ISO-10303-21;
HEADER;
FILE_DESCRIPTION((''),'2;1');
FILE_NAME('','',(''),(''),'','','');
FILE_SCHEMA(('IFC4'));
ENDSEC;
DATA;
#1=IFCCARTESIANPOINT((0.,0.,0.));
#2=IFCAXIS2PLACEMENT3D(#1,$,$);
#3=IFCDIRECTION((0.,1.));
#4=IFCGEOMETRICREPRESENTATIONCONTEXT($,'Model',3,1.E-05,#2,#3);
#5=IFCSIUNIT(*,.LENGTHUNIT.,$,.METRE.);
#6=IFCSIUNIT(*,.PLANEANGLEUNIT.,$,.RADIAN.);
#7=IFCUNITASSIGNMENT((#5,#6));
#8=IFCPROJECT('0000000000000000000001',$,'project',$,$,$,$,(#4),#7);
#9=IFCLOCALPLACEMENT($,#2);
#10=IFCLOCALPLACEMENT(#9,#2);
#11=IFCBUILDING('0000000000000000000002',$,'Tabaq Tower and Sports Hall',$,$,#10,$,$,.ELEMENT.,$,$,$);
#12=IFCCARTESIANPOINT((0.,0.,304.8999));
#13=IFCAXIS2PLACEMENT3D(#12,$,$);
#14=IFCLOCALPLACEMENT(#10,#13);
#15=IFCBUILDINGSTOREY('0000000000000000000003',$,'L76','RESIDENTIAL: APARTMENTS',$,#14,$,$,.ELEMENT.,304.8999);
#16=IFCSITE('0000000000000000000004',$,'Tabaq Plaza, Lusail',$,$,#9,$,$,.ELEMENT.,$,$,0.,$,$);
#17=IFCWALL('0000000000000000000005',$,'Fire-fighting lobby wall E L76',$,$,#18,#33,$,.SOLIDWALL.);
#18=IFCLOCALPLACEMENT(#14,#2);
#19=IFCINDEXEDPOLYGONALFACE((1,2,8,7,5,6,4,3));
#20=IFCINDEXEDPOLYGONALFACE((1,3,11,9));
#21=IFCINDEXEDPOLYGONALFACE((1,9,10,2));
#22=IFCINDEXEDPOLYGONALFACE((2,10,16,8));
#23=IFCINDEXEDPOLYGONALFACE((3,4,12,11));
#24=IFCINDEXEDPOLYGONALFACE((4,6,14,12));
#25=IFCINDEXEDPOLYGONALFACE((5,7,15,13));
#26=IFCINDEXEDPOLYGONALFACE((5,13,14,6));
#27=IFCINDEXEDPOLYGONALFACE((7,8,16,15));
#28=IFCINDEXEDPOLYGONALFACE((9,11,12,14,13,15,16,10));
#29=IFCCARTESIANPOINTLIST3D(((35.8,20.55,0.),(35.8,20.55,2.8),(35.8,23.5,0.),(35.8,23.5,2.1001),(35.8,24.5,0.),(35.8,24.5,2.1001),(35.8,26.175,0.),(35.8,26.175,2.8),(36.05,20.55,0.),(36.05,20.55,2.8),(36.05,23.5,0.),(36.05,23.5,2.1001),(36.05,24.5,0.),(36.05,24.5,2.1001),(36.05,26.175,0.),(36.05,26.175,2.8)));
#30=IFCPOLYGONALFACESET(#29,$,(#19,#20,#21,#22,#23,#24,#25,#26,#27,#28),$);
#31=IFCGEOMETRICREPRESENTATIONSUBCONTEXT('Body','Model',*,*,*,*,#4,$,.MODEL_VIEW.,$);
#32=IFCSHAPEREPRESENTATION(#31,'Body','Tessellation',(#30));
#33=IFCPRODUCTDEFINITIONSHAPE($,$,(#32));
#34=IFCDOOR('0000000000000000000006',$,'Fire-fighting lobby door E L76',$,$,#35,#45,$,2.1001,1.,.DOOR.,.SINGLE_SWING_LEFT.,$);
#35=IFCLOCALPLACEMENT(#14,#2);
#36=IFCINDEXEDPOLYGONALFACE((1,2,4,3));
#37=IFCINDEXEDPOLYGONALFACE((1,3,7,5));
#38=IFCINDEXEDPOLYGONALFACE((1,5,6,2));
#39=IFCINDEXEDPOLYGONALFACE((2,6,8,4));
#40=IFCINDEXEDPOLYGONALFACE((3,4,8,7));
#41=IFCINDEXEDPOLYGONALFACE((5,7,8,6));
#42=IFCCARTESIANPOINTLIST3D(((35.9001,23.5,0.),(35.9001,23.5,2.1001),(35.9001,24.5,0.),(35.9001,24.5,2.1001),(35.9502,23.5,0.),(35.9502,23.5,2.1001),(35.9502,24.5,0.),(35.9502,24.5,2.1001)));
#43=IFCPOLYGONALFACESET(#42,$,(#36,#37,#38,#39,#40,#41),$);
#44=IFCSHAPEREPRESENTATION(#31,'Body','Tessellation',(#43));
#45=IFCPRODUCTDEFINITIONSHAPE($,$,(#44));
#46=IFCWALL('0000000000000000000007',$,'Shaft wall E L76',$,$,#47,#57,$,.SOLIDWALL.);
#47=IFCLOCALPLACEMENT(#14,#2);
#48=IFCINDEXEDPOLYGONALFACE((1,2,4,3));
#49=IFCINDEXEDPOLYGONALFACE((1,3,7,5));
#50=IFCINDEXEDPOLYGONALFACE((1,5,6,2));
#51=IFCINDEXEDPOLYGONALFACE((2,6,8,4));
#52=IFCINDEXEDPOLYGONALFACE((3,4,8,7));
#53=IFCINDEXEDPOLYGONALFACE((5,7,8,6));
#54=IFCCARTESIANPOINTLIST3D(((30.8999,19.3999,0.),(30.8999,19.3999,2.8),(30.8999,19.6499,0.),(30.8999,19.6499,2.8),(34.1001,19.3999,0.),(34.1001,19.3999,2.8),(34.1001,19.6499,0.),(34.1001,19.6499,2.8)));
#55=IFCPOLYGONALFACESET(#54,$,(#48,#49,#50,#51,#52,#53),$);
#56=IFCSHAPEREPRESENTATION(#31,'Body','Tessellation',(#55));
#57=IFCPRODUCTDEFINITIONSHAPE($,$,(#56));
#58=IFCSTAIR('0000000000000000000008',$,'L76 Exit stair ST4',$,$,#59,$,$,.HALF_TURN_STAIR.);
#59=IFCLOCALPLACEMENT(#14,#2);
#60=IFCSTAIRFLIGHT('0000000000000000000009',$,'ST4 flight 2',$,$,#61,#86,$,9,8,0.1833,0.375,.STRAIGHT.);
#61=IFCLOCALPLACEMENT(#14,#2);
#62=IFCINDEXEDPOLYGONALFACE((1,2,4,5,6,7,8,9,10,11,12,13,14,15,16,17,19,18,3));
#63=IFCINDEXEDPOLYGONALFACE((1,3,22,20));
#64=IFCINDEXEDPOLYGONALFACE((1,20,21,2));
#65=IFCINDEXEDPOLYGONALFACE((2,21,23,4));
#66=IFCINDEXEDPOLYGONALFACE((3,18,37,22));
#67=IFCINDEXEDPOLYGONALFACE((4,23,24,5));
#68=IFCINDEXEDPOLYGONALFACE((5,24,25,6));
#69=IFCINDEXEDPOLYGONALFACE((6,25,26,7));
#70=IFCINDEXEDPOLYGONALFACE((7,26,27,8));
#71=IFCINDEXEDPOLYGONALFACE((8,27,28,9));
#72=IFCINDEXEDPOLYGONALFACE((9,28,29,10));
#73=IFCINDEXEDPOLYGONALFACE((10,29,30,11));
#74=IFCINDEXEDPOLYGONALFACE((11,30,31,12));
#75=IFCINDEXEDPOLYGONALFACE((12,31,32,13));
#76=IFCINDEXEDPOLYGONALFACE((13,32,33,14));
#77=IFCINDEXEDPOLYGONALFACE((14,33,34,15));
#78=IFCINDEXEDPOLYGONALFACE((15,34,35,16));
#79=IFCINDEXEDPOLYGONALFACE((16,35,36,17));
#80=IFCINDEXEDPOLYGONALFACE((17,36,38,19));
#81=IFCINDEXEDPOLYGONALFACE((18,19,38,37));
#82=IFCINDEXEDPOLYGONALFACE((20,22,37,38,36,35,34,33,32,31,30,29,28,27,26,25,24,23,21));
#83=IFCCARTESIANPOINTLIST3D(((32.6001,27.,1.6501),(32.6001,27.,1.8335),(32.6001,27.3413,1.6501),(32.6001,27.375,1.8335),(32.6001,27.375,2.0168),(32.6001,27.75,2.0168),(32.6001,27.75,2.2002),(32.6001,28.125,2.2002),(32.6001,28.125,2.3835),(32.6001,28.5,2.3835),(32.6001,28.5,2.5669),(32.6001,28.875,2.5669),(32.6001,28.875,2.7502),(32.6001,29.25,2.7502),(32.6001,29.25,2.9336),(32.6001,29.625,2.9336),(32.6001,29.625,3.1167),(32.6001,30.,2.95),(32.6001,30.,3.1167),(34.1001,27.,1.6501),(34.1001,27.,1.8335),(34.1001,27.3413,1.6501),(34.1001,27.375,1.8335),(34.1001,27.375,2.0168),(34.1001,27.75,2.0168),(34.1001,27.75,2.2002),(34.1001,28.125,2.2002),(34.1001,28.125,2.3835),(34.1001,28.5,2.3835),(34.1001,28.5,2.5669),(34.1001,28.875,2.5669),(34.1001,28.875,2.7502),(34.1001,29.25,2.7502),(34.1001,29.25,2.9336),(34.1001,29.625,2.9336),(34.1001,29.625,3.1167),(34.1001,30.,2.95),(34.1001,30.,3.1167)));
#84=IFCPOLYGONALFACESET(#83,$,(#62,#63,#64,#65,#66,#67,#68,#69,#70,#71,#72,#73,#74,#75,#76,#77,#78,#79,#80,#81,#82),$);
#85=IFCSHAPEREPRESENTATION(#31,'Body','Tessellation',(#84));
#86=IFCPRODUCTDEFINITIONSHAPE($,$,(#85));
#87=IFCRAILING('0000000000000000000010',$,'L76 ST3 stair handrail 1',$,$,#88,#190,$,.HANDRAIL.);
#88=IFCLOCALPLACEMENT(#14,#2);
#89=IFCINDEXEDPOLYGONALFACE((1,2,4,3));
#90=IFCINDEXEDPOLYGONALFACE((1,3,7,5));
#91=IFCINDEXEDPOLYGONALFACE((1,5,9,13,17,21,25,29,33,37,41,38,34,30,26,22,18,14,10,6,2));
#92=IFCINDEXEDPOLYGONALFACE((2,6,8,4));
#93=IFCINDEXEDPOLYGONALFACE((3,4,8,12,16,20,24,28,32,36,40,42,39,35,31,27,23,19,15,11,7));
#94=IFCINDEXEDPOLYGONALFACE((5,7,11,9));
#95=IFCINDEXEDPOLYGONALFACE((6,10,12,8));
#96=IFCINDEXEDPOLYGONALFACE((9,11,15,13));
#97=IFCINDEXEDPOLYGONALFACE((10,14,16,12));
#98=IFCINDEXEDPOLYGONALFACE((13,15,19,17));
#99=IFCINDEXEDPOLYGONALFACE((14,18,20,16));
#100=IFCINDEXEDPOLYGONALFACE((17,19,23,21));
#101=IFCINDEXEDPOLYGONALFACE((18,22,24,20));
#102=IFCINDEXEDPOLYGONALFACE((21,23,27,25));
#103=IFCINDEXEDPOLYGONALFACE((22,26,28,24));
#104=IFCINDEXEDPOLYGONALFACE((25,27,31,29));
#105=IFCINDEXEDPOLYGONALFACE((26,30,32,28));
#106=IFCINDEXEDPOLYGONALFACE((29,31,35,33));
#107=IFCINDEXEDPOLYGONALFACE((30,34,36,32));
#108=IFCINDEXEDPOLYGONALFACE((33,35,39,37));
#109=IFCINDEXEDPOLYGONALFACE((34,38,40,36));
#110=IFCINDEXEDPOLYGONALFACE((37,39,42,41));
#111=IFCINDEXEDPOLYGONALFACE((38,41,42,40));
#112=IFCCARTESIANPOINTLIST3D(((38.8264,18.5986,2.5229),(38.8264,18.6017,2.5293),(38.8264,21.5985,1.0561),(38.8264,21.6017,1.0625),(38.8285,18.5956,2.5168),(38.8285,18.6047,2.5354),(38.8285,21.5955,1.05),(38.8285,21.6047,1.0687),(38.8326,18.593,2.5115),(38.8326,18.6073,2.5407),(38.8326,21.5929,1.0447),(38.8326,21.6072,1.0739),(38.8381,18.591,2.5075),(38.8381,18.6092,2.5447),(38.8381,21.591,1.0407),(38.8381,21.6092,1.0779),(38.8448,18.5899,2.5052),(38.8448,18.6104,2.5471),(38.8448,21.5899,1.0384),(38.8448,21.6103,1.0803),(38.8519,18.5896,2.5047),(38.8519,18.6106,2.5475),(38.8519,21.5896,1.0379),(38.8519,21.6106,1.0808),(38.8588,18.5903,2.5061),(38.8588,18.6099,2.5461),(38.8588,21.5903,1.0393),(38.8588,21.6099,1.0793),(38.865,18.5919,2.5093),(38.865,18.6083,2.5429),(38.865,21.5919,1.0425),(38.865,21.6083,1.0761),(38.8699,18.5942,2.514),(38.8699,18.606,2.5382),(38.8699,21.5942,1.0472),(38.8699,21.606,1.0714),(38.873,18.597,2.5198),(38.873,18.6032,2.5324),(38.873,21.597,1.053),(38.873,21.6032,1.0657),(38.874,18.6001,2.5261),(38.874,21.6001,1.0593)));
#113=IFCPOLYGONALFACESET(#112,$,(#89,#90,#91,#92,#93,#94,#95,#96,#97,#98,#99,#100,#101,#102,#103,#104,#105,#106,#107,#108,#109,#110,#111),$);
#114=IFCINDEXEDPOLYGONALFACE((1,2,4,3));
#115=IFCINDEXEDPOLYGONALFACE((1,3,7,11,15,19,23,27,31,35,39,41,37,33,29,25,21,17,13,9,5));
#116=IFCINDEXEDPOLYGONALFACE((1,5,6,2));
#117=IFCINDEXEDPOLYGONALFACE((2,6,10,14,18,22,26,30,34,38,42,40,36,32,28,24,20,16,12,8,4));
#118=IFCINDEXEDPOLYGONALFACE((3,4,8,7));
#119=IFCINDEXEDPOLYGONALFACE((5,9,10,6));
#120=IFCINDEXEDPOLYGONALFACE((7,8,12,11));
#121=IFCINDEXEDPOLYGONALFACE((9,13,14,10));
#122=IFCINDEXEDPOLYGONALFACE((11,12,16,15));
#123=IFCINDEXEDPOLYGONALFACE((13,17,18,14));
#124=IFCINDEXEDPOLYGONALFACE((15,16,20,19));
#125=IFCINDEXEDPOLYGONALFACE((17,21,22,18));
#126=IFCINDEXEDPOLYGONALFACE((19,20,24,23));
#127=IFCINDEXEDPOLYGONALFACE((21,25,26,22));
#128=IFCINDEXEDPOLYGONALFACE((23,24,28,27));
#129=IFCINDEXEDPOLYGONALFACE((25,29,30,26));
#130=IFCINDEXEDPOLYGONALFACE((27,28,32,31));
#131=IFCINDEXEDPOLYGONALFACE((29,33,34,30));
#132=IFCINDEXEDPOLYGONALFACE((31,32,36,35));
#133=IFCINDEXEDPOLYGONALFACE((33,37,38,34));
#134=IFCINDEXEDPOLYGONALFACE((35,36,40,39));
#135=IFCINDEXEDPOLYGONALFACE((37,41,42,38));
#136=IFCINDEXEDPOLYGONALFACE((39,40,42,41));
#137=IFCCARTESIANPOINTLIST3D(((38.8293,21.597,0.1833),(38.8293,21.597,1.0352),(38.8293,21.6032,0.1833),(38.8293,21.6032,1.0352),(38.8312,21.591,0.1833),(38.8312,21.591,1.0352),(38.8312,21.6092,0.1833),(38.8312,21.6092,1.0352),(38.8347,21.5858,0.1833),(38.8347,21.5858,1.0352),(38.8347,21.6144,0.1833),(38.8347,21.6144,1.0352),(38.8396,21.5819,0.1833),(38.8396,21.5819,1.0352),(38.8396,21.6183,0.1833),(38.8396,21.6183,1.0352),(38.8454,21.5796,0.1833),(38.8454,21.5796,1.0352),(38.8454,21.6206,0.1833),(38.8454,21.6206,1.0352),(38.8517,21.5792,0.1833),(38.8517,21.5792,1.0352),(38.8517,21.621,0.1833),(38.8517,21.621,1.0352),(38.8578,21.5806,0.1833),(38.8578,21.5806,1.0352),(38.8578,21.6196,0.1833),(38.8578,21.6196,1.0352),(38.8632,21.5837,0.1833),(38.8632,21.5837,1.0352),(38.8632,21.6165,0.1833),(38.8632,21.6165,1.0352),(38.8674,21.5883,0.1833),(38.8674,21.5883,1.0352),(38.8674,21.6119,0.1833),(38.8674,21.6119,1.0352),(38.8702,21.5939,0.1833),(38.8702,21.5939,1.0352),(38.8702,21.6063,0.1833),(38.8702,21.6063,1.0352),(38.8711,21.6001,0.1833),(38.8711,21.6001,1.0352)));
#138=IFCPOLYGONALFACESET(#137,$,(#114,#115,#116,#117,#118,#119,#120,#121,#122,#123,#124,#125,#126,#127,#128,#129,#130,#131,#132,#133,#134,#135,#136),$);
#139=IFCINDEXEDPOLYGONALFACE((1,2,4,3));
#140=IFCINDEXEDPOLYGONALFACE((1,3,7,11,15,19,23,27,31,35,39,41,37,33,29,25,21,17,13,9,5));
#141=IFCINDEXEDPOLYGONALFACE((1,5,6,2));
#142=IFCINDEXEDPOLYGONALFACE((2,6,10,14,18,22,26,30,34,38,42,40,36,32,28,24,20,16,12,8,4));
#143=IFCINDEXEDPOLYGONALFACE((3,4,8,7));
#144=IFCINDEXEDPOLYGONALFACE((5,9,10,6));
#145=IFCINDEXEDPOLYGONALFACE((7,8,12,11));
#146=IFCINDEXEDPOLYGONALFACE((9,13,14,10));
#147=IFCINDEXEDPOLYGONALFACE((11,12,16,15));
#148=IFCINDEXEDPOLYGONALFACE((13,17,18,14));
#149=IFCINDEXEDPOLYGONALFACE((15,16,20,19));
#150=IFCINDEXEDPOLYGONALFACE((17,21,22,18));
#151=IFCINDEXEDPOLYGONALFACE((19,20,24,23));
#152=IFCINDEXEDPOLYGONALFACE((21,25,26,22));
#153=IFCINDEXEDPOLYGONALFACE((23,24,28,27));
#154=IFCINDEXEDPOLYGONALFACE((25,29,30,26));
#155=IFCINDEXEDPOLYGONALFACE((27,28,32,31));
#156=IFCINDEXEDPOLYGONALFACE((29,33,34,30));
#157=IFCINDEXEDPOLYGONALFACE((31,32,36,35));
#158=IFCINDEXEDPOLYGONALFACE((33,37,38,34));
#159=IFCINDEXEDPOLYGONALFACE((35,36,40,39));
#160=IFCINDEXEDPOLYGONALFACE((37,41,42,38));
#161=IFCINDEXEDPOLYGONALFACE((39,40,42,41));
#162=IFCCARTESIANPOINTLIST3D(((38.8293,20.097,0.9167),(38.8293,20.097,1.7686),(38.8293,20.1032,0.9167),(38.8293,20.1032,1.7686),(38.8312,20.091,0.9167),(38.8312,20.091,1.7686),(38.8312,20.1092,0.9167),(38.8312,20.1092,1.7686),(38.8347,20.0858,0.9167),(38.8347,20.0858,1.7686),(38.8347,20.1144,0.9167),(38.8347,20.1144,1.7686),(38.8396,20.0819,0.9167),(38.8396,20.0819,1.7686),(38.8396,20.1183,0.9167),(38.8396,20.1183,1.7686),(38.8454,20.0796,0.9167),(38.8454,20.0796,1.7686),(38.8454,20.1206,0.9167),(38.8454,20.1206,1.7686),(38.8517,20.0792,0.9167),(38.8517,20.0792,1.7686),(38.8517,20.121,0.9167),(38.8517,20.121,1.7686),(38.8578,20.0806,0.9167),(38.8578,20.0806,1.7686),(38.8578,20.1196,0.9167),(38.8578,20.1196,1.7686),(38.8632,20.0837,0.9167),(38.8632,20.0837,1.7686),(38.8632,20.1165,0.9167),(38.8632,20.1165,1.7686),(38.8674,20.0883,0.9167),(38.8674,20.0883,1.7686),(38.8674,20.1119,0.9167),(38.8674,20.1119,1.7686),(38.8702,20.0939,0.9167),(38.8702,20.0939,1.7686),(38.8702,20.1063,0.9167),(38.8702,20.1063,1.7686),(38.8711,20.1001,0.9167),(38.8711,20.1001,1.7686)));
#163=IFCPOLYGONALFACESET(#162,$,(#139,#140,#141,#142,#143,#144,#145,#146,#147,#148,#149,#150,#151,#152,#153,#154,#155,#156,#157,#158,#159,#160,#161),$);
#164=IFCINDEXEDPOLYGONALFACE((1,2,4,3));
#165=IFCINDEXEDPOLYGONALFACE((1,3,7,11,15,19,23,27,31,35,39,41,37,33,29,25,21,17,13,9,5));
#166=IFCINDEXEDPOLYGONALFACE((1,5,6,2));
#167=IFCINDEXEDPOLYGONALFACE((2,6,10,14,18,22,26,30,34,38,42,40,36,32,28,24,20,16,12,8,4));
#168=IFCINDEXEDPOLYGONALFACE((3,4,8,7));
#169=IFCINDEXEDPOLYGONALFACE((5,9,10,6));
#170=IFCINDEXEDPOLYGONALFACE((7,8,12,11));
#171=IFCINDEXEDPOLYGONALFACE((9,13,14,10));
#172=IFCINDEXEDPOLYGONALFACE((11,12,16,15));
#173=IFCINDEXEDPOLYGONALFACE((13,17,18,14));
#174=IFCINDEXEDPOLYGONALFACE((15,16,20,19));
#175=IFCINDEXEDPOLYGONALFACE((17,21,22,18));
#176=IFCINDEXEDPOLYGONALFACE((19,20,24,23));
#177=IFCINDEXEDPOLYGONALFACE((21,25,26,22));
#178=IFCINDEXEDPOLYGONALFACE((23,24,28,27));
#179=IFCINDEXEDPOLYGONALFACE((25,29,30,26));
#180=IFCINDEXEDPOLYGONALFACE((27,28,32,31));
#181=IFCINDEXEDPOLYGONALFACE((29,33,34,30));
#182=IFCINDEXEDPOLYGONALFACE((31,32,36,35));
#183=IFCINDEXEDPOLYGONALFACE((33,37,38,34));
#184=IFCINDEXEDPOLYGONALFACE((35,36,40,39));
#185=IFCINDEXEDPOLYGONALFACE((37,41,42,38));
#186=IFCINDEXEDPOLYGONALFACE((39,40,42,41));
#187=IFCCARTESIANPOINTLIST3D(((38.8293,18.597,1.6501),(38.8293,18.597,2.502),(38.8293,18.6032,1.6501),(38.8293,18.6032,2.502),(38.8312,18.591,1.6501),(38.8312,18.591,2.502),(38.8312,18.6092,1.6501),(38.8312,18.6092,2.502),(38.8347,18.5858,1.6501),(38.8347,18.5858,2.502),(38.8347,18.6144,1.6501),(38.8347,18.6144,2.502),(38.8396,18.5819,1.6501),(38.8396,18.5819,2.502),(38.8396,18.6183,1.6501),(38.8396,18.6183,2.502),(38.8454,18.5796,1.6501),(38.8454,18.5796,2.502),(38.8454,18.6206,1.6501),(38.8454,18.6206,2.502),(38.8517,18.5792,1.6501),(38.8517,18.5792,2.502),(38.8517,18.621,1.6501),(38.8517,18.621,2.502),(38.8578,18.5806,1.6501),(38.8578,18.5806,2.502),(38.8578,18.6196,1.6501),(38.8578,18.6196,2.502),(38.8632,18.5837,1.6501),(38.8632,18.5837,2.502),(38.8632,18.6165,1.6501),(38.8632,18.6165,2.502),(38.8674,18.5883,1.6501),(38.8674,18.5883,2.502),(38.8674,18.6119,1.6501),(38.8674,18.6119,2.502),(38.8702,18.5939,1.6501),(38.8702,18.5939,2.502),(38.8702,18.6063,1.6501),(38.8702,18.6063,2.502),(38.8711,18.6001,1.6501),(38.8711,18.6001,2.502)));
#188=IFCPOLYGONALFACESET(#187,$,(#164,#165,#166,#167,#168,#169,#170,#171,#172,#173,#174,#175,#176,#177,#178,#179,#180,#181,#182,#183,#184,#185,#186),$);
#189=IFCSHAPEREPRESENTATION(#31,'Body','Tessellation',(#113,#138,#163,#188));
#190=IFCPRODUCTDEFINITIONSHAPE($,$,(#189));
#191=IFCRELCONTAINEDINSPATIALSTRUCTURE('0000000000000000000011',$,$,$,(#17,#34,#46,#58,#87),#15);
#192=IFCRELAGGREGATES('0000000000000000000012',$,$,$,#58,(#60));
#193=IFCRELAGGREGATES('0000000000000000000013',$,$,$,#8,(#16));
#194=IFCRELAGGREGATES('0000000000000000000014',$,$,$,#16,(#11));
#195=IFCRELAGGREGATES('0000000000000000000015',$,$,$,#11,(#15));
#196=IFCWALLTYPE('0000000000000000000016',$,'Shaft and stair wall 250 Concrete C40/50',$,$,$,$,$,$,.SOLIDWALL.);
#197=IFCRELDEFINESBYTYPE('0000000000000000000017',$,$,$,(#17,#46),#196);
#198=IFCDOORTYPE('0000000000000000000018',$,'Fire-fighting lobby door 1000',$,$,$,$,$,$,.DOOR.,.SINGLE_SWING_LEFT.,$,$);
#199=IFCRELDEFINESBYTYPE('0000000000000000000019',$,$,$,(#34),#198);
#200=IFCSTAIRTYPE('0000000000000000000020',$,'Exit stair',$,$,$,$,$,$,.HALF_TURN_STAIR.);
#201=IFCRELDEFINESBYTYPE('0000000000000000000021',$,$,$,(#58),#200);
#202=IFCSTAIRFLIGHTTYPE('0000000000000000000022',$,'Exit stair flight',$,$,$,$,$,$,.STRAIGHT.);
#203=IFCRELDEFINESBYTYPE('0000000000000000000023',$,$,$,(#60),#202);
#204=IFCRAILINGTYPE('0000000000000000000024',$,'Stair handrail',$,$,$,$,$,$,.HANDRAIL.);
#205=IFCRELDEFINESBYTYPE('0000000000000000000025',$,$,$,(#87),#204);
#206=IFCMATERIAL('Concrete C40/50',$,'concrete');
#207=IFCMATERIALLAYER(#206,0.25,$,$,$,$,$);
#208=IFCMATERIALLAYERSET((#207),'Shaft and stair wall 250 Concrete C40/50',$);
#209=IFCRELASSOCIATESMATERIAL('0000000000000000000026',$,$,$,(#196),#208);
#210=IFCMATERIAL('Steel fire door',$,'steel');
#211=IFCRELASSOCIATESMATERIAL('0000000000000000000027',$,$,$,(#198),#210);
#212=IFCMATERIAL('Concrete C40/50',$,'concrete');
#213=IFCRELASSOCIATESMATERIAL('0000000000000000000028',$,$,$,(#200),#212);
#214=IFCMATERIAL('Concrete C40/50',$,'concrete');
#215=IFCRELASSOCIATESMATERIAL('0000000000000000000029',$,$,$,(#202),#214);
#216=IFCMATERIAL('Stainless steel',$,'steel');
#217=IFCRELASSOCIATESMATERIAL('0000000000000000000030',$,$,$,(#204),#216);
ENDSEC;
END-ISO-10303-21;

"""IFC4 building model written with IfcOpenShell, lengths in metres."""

from ifc_helpers import new_model, si_unit, direction, frame, frame_2d, origin, origin_2d, place, context, subcontext, project, spatial, polyline, rectangle, circle, outline, extrude, material, layer, layer_set, type_object, element, fill, aggregate, save


model = new_model("IFC4")

# Units and contexts
model_context = context("Model", 3, precision=1e-05, world=origin(), true_north=direction((0.0, 1.0)))
body_context = subcontext(model_context, "Body", "Model", "MODEL_VIEW")
ifc_project = project(units=[si_unit("LENGTHUNIT", "METRE"), si_unit("PLANEANGLEUNIT", "RADIAN")], contexts=[model_context])

# Site, building, storey
site_placement = place(None, origin())
site = spatial("IfcSite", under=ifc_project, at=site_placement, Name="Tabaq Plaza, Lusail", CompositionType="ELEMENT", RefElevation=0.0)
building_placement = place(site_placement, origin())
building = spatial("IfcBuilding", under=site, at=building_placement, Name="Tabaq Tower and Sports Hall", CompositionType="ELEMENT")
storey_placement = place(building_placement, frame((0.0, 0.0, 304.8999)))
storey = spatial("IfcBuildingStorey", under=building, at=storey_placement, Name="L76", Description="RESIDENTIAL: APARTMENTS", CompositionType="ELEMENT", Elevation=304.8999)

# Shared definitions
ifc_material_1 = material(Name="Concrete C40/50", Category="concrete")
ifc_layer_1 = layer(ifc_material_1, 0.25)
ifc_layer_set_1 = layer_set([ifc_layer_1], Name="Shaft and stair wall 250 Concrete C40/50")
wall_type_1 = type_object("IfcWallType", Name="Shaft and stair wall 250 Concrete C40/50", PredefinedType="SOLIDWALL", material=ifc_layer_set_1)

# Wall, opening, door
wall_1_placement = place(storey_placement, frame((35.925, 20.55, 0.0), z_axis=(0.0, 0.0, 1.0), x_axis=(0.0, 1.0, 0.0)))
wall_1 = element("IfcWall", 1, at=wall_1_placement, inside=storey, type_object=wall_type_1, Name="Fire-fighting lobby wall E L76", PredefinedType="SOLIDWALL", context=body_context, shape_type="SweptSolid", body=[
    extrude(rectangle(XDim=5.625, YDim=0.25, at=frame_2d((2.8125, 0.0))), origin(), (0.0, 0.0, 1.0), 2.8),
])
opening_1_placement = place(wall_1_placement, frame((2.95, 0.0, 0.0)))
opening_1 = element("IfcOpeningElement", 2, at=opening_1_placement, cuts=wall_1, PredefinedType="OPENING", context=body_context, shape_type="SweptSolid", body=[
    extrude(rectangle(XDim=1.0, YDim=2.1001, at=frame_2d((0.5, 1.05))), frame((0.0, 0.125, 0.0), z_axis=(0.0, -1.0, 0.0), x_axis=(1.0, 0.0, 0.0)), (0.0, 0.0, 1.0), 0.25),
])
ifc_material_2 = material(Name="Steel fire door", Category="steel")
door_type_1 = type_object("IfcDoorType", Name="Fire-fighting lobby door 1000", OperationType="SINGLE_SWING_LEFT", PredefinedType="DOOR", material=ifc_material_2)
door_1_placement = place(opening_1_placement, origin())
door_1 = element("IfcDoor", 3, at=door_1_placement, inside=storey, type_object=door_type_1, Name="Fire-fighting lobby door E L76", OperationType="SINGLE_SWING_LEFT", OverallHeight=2.1001, OverallWidth=1.0, PredefinedType="DOOR", context=body_context, shape_type="SweptSolid", body=[
    extrude(rectangle(XDim=1.0, YDim=2.1001, at=frame_2d((0.5, 1.05))), frame((0.0, 0.0249, 0.0), z_axis=(0.0, -1.0, 0.0), x_axis=(1.0, 0.0, 0.0)), (0.0, 0.0, 1.0), 0.05),
])
fill(opening_1, door_1)

# Wall
wall_2_placement = place(storey_placement, frame((30.8999, 19.5249, 0.0), z_axis=(0.0, 0.0, 1.0), x_axis=(1.0, 0.0, 0.0)))
element("IfcWall", 4, at=wall_2_placement, inside=storey, type_object=wall_type_1, Name="Shaft wall E L76", PredefinedType="SOLIDWALL", context=body_context, shape_type="SweptSolid", body=[
    extrude(rectangle(XDim=3.2002, YDim=0.25, at=frame_2d((1.6001, 0.0))), origin(), (0.0, 0.0, 1.0), 2.8),
])

# Stair, stair flight
ifc_material_3 = material(Name="Concrete C40/50", Category="concrete")
stair_type = type_object("IfcStairType", Name="Exit stair", PredefinedType="HALF_TURN_STAIR", material=ifc_material_3)
stair_placement = place(storey_placement, origin())
stair = element("IfcStair", 5, at=stair_placement, inside=storey, type_object=stair_type, Name="L76 Exit stair ST4", PredefinedType="HALF_TURN_STAIR")
ifc_material_4 = material(Name="Concrete C40/50", Category="concrete")
stair_flight_type = type_object("IfcStairFlightType", Name="Exit stair flight", PredefinedType="STRAIGHT", material=ifc_material_4)
stair_flight_placement = place(storey_placement, frame((33.3501, 27.0, 1.6501), z_axis=(0.0, 0.0, 1.0), x_axis=(0.0, 1.0, 0.0)))
stair_flight = element("IfcStairFlight", 6, at=stair_flight_placement, type_object=stair_flight_type, Name="ST4 flight 2", NumberOfRisers=9, NumberOfTreads=8, PredefinedType="STRAIGHT", RiserHeight=0.1833, TreadLength=0.375, context=body_context, shape_type="SweptSolid", body=[
    extrude(outline(polyline([(0.0, 0.0), (0.0, 0.1833), (0.375, 0.1833), (0.375, 0.3667), (0.75, 0.3667), (0.75, 0.55), (1.125, 0.55), (1.125, 0.7334), (1.5, 0.7334), (1.5, 0.9167), (1.875, 0.9167), (1.875, 1.1001), (2.25, 1.1001), (2.25, 1.2834), (2.625, 1.2834), (2.625, 1.4666), (3.0, 1.4666), (3.0, 1.6499), (3.0, 1.2998), (0.3413, 0.0), (0.0, 0.0)])), frame((0.0, 0.75, 0.0), z_axis=(0.0, -1.0, 0.0), x_axis=(1.0, 0.0, 0.0)), (0.0, 0.0, 1.0), 1.5),
])
aggregate(stair, [stair_flight])

# Railing
ifc_material_5 = material(Name="Stainless steel", Category="steel")
railing_type = type_object("IfcRailingType", Name="Stair handrail", PredefinedType="HANDRAIL", material=ifc_material_5)
railing_1_placement = place(storey_placement, frame((38.8501, 21.6001, 0.1833)))
element("IfcRailing", 7, at=railing_1_placement, inside=storey, type_object=railing_type, Name="L76 ST3 stair handrail 1", PredefinedType="HANDRAIL", context=body_context, shape_type="SweptSolid", body=[
    extrude(circle(Radius=0.0239, at=origin_2d()), frame((0.0, 0.0, 0.876), z_axis=(0.0, -0.898369, 0.439242), x_axis=(1.0, 0.0, 0.0)), (0.0, 0.0, 1.0), 3.3394),
    extrude(circle(Radius=0.021, at=origin_2d()), origin(), (0.0, 0.0, 1.0), 0.8518),
    extrude(circle(Radius=0.021, at=origin_2d()), frame((0.0, -1.5, 0.7334)), (0.0, 0.0, 1.0), 0.8518),
    extrude(circle(Radius=0.021, at=origin_2d()), frame((0.0, -3.0, 1.4668)), (0.0, 0.0, 1.0), 0.8518),
])

save(model, "model.ifc")
